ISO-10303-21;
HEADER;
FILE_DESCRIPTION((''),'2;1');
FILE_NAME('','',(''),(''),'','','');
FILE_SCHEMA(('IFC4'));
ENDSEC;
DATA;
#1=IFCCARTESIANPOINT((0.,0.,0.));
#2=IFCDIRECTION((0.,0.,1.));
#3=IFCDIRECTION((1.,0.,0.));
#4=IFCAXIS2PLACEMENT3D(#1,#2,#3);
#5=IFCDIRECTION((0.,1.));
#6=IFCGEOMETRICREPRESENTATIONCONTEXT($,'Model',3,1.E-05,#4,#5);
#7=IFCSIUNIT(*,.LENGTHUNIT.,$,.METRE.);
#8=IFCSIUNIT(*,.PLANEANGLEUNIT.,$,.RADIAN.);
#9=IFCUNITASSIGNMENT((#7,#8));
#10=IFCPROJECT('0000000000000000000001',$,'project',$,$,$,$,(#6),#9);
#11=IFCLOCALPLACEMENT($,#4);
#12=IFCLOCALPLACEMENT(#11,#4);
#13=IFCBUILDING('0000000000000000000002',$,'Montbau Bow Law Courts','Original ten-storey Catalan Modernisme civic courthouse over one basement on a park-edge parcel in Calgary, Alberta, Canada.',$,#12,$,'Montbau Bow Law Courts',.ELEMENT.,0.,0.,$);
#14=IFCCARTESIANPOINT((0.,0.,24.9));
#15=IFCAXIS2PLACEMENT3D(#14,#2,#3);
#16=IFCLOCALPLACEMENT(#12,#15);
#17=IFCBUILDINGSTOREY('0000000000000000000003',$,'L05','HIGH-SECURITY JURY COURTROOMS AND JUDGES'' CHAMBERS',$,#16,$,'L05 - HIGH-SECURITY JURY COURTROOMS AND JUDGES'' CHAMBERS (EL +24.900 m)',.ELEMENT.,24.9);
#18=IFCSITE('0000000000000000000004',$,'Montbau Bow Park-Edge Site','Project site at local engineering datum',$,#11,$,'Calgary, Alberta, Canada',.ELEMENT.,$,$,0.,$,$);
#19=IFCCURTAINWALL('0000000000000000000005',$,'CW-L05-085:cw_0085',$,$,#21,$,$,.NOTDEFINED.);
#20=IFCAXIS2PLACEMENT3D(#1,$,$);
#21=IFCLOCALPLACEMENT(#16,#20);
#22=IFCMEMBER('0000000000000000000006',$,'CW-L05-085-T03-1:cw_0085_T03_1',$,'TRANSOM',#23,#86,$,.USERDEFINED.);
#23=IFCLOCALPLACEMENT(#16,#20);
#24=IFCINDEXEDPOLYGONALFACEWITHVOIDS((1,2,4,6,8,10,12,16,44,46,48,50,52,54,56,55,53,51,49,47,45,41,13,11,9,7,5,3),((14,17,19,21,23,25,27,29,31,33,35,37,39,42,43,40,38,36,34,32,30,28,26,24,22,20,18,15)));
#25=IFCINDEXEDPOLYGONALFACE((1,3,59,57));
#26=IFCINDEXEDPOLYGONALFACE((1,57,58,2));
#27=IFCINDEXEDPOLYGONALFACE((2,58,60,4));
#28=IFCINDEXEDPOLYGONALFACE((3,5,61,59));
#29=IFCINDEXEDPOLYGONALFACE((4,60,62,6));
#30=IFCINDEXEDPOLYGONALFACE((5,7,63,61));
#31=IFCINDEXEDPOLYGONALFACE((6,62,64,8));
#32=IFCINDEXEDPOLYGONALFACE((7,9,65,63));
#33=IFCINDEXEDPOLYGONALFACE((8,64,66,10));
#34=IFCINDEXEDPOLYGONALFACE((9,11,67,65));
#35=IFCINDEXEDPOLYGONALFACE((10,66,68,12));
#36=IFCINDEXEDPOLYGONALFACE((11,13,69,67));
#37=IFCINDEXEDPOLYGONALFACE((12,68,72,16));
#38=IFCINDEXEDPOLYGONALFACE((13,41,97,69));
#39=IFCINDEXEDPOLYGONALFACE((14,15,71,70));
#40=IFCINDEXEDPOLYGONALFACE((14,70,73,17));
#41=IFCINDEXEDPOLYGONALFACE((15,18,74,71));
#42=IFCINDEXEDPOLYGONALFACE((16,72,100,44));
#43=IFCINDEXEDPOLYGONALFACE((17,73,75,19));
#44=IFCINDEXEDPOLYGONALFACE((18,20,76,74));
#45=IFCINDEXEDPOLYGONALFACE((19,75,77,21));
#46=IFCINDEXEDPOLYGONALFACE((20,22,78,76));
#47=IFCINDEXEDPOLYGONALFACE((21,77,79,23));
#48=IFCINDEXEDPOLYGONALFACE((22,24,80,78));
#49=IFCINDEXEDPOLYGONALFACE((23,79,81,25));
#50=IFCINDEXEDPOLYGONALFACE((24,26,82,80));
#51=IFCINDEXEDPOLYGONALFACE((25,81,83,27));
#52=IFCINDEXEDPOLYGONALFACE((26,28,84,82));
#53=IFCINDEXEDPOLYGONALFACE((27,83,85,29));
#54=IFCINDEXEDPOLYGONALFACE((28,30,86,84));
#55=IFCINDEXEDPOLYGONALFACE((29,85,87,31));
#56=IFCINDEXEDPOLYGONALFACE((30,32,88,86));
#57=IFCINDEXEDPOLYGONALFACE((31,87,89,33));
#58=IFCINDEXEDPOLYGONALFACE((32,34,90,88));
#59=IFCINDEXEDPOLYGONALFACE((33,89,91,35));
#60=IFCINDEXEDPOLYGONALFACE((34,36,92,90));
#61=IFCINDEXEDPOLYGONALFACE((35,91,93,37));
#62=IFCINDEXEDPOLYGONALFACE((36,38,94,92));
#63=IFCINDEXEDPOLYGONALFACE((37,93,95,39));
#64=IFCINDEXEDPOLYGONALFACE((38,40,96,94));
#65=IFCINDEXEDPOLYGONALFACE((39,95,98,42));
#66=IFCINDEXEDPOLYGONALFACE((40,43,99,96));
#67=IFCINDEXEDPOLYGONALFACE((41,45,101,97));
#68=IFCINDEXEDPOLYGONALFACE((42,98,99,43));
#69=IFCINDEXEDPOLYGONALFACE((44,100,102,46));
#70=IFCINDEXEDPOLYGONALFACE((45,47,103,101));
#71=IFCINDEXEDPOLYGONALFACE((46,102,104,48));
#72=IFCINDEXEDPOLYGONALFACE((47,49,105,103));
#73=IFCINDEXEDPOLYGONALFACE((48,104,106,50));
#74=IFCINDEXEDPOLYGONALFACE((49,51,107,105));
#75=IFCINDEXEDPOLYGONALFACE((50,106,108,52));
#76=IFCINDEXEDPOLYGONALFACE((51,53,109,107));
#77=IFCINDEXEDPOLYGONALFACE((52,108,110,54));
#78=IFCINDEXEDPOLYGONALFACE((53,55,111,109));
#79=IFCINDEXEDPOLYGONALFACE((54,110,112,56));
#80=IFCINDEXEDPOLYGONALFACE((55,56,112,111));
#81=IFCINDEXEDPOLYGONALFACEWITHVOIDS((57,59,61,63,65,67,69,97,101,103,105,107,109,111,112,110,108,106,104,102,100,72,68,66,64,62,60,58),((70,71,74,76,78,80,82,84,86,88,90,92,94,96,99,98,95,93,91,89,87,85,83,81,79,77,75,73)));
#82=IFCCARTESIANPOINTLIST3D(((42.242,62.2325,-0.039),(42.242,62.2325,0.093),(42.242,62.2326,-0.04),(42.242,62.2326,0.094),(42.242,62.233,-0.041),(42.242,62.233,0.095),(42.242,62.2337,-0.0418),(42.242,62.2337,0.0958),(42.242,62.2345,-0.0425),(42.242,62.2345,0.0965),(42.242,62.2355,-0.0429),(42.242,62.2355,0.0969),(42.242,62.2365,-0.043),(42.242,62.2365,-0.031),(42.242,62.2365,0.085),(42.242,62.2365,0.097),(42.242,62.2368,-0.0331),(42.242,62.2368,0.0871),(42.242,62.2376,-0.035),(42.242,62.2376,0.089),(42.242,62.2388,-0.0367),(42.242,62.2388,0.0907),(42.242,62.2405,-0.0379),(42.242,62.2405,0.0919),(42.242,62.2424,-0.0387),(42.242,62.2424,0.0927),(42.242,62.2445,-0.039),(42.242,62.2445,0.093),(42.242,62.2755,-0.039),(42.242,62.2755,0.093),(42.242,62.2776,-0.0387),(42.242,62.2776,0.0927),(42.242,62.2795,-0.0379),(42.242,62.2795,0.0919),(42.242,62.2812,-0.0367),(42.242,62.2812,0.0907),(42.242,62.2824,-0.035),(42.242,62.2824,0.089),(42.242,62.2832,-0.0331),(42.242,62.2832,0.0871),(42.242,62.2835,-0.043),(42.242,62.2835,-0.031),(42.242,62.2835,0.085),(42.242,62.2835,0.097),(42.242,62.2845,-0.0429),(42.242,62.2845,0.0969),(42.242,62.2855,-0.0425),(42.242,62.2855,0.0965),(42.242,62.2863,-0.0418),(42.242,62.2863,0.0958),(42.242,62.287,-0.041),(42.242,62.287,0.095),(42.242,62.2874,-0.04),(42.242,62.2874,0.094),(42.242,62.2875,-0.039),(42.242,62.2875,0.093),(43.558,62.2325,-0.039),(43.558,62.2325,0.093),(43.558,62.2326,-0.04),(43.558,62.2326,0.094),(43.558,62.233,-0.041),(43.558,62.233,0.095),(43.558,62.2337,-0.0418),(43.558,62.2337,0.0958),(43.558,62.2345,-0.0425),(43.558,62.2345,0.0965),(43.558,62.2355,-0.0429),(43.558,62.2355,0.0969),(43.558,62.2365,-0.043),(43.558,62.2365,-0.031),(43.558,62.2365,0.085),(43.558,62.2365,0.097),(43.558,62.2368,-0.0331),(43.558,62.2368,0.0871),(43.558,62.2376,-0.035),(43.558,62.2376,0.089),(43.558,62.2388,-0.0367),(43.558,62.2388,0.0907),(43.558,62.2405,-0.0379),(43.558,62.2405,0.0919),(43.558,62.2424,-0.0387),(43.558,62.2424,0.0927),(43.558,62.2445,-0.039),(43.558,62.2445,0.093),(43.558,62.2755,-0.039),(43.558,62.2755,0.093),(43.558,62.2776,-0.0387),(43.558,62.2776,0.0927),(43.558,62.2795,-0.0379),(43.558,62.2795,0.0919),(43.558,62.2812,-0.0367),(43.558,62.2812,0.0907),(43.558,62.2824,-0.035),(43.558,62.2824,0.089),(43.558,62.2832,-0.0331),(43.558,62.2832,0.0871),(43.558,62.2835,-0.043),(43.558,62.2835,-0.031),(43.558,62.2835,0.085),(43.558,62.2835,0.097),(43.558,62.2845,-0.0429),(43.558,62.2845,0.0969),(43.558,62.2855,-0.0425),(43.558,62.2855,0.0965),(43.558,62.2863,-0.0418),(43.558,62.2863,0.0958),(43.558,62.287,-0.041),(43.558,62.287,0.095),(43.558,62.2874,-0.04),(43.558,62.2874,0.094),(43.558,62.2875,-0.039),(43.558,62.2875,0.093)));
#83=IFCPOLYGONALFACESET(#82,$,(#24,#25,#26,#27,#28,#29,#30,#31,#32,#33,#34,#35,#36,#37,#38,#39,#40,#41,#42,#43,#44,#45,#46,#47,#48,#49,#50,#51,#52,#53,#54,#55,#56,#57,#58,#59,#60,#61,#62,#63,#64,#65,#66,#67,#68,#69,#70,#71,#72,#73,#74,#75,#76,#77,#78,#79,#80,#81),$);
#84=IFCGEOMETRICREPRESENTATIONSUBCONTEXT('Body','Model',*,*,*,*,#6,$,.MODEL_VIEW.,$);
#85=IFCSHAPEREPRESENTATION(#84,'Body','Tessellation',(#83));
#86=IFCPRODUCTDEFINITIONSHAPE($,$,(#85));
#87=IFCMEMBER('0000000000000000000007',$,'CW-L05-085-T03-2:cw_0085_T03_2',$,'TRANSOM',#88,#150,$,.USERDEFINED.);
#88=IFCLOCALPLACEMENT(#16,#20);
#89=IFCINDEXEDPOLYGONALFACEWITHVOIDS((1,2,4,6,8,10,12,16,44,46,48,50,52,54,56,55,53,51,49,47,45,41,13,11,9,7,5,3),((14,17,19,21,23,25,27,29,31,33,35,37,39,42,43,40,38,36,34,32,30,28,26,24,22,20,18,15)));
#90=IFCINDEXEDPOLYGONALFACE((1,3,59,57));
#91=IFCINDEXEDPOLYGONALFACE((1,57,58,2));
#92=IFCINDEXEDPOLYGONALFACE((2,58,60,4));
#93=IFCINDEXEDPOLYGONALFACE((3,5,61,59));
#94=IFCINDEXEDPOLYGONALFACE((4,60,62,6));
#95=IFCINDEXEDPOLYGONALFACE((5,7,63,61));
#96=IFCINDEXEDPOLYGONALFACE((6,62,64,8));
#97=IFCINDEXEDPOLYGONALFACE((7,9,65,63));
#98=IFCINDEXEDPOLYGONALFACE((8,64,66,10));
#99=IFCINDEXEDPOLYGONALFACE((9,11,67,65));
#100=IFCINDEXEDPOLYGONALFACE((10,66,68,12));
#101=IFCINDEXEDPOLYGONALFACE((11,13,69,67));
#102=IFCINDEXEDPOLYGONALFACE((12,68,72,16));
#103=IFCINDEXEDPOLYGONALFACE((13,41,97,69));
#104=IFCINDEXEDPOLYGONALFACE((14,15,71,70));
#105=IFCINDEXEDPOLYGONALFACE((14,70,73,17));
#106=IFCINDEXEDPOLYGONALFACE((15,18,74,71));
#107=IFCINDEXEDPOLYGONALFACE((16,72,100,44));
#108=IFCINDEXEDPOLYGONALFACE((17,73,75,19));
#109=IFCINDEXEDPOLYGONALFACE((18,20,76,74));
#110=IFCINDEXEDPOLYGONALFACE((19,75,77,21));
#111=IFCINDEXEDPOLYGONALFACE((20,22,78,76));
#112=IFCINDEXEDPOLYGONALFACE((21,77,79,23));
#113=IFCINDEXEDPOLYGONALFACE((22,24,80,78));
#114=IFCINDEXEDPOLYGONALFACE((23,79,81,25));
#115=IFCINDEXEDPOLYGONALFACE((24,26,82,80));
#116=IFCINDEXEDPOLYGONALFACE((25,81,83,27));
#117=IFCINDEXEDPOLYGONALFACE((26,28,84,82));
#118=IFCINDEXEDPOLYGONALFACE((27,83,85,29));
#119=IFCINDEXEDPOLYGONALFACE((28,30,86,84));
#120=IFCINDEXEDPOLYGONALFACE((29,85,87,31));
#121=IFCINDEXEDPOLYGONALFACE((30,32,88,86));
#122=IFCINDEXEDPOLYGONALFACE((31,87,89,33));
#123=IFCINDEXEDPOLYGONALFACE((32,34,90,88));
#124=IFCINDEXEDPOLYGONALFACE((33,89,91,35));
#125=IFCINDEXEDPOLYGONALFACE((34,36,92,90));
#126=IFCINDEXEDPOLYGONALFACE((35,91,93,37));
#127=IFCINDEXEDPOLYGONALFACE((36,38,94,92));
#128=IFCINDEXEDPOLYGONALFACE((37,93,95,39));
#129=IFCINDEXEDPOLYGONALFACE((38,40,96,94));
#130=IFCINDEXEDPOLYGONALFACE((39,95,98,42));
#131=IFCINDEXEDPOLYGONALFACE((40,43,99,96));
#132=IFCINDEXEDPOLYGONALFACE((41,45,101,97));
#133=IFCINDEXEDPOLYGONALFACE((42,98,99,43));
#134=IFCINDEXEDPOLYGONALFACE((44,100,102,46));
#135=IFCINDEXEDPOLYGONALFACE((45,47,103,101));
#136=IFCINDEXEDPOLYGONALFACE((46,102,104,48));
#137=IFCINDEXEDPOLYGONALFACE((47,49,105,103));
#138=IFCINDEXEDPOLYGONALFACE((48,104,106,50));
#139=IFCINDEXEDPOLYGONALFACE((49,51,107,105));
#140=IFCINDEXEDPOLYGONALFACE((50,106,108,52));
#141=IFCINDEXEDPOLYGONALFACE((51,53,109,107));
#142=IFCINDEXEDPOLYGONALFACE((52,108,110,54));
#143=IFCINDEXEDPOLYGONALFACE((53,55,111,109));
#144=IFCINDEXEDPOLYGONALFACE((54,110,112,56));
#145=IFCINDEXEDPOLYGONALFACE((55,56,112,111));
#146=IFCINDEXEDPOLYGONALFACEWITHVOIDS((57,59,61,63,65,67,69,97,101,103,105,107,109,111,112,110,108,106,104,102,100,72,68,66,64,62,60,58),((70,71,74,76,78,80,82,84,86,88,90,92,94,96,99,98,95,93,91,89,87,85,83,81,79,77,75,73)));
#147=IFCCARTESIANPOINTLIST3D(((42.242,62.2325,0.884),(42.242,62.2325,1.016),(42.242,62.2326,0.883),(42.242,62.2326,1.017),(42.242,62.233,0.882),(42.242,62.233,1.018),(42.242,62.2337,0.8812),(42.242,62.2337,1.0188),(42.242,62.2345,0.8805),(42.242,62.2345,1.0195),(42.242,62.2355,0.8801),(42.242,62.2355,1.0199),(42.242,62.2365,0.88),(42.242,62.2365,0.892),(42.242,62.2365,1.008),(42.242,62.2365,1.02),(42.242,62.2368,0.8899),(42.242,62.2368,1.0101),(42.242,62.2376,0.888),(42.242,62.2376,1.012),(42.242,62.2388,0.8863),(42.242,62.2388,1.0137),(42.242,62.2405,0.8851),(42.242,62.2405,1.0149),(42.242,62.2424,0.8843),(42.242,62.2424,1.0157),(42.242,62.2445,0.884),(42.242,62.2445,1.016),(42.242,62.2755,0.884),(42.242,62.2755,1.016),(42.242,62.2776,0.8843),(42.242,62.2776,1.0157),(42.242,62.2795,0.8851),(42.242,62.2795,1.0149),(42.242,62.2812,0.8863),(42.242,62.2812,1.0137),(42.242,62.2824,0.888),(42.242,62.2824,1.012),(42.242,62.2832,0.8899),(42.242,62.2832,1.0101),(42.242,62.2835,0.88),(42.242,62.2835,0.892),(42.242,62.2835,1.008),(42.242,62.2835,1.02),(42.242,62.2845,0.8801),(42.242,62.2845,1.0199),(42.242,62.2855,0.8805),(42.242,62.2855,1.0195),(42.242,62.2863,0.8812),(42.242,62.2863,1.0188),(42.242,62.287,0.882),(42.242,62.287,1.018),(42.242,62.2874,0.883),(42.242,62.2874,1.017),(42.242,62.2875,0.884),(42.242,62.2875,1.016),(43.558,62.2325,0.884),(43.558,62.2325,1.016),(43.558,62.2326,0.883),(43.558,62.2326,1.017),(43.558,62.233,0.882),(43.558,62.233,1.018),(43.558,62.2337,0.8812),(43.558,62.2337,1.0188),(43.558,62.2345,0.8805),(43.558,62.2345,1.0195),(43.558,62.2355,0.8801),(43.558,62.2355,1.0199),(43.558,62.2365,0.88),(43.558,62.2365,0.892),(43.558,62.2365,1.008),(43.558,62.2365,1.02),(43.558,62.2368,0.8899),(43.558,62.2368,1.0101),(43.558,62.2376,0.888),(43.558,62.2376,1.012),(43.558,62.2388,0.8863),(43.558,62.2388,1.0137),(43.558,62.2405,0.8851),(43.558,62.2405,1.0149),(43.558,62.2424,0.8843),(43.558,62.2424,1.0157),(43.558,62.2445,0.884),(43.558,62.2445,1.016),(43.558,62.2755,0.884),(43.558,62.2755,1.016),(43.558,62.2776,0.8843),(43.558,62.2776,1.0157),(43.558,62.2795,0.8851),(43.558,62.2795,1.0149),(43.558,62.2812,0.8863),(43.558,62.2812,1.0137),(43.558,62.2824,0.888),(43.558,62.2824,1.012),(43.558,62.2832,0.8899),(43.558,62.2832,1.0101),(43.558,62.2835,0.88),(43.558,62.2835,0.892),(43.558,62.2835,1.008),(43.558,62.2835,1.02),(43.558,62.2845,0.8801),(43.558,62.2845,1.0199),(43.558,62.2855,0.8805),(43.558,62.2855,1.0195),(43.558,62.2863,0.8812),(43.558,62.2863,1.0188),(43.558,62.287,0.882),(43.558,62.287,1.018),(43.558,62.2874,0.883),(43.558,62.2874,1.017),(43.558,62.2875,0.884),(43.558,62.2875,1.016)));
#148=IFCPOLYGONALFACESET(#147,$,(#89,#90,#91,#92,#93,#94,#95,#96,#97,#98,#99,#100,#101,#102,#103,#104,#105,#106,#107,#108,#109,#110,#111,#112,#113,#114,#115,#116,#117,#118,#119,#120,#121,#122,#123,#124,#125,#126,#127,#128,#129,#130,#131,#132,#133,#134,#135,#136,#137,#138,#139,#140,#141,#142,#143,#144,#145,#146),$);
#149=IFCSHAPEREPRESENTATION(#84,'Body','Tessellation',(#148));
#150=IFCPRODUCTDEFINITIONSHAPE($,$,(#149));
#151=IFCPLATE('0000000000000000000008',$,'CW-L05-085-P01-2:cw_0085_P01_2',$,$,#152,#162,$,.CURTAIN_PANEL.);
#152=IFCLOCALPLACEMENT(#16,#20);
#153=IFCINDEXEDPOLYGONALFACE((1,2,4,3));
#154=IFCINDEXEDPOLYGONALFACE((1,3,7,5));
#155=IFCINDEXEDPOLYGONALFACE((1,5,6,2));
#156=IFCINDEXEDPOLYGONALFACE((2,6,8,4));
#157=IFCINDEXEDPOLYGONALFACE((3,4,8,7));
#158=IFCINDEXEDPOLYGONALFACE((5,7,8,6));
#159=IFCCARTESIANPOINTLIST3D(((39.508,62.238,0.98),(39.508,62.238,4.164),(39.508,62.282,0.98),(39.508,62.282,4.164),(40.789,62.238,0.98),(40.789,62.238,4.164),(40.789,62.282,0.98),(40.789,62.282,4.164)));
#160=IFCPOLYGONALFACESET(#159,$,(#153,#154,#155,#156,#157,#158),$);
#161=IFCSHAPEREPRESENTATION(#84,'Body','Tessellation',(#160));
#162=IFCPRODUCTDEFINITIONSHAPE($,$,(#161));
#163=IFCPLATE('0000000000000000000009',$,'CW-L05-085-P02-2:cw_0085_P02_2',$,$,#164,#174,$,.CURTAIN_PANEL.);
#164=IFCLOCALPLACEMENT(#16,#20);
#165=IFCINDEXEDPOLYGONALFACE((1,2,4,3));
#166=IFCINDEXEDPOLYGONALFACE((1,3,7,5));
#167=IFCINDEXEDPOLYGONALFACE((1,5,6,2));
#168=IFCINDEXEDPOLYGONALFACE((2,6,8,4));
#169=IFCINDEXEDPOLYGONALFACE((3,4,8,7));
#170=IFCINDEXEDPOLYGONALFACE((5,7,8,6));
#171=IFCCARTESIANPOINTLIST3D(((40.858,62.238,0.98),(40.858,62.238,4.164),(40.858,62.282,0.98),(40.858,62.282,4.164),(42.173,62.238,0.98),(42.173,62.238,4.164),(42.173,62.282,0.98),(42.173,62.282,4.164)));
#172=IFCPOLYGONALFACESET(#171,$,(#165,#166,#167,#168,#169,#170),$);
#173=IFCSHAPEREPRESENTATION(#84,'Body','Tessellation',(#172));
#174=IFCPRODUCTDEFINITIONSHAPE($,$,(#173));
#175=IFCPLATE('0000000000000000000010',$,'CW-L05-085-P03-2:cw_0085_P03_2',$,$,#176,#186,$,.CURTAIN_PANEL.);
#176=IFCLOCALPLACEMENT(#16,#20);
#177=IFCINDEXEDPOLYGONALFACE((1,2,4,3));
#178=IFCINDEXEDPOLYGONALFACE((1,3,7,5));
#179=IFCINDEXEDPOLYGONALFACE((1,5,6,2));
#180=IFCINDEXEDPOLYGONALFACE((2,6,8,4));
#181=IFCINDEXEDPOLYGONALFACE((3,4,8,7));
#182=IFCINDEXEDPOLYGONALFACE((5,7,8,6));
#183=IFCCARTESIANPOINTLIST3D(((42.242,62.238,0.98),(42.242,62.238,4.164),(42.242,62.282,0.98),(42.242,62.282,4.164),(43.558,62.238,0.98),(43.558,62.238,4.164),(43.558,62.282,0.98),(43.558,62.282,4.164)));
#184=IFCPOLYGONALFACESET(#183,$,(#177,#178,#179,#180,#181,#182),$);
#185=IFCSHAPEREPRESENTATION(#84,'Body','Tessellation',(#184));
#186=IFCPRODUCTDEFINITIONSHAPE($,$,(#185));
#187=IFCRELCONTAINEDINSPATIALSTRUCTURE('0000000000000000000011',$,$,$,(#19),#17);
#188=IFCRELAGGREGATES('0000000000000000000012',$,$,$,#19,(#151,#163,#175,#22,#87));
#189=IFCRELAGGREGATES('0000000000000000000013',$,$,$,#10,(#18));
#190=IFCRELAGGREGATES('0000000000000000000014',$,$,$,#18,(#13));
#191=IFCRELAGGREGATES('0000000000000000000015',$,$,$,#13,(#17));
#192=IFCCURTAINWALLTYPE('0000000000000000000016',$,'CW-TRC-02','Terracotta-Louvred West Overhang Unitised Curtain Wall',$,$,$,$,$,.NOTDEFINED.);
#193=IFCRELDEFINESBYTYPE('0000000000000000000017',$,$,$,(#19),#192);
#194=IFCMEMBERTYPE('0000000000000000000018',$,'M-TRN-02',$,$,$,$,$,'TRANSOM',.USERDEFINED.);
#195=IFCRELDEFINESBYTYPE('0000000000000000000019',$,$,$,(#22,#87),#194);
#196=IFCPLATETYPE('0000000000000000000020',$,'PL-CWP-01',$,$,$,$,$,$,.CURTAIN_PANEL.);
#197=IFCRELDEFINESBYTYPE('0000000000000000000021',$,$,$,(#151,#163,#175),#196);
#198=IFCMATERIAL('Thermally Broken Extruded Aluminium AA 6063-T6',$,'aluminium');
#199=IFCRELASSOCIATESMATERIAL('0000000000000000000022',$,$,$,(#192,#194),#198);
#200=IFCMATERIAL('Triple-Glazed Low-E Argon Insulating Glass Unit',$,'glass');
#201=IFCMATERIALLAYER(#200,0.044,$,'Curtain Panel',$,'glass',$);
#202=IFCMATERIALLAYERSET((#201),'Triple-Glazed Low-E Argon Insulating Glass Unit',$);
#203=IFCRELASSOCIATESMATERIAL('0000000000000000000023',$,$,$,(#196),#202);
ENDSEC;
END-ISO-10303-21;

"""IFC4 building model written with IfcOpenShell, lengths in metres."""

from ifc_helpers import new_model, si_unit, direction, frame, frame_2d, origin_with_axes, origin_2d_with_axis, place, context, subcontext, project, spatial, rectangle, hollow_rectangle, extrude, material, layer, layer_set, material_profile, profile_set, type_object, element, aggregate, save


model = new_model("IFC4")

# Units and contexts
model_context = context("Model", 3, precision=1e-05, world=origin_with_axes(), true_north=direction((0.0, 1.0)))
body_context = subcontext(model_context, "Body", "Model", "MODEL_VIEW")
ifc_project = project(units=[si_unit("LENGTHUNIT", "METRE"), si_unit("PLANEANGLEUNIT", "RADIAN")], contexts=[model_context])

# Site, building, storey
site_placement = place(None, origin_with_axes())
site = spatial("IfcSite", under=ifc_project, at=site_placement, Name="Montbau Bow Park-Edge Site", Description="Project site at local engineering datum", LongName="Calgary, Alberta, Canada", CompositionType="ELEMENT", RefElevation=0.0)
building_placement = place(site_placement, origin_with_axes())
building = spatial("IfcBuilding", under=site, at=building_placement, Name="Montbau Bow Law Courts", Description="Original ten-storey Catalan Modernisme civic courthouse over one basement on a park-edge parcel in Calgary, Alberta, Canada.", LongName="Montbau Bow Law Courts", CompositionType="ELEMENT", ElevationOfRefHeight=0.0, ElevationOfTerrain=0.0)
storey_placement = place(building_placement, frame((0.0, 0.0, 24.9), z_axis=(0.0, 0.0, 1.0), x_axis=(1.0, 0.0, 0.0)))
storey = spatial("IfcBuildingStorey", under=building, at=storey_placement, Name="L05", Description="HIGH-SECURITY JURY COURTROOMS AND JUDGES' CHAMBERS", LongName="L05 - HIGH-SECURITY JURY COURTROOMS AND JUDGES' CHAMBERS (EL +24.900 m)", CompositionType="ELEMENT", Elevation=24.9)

# Curtain wall
ifc_material_1 = material(Name="Thermally Broken Extruded Aluminium AA 6063-T6", Category="aluminium")
curtain_wall_type = type_object("IfcCurtainWallType", Name="CW-TRC-02", Description="Terracotta-Louvred West Overhang Unitised Curtain Wall", PredefinedType="NOTDEFINED", material=ifc_material_1)
curtain_wall_1_placement = place(None, frame((39.44, 62.26, 24.9), z_axis=(0.0, 0.0, 1.0), x_axis=(1.0, 0.0, 0.0)))
curtain_wall_1 = element("IfcCurtainWall", 1, at=curtain_wall_1_placement, inside=storey, type_object=curtain_wall_type, Name="CW-L05-085:cw_0085", PredefinedType="NOTDEFINED")

# Members
ifc_material_profile_1 = material_profile(ifc_material_1, hollow_rectangle(XDim=0.055, YDim=0.14, WallThickness=0.004, InnerFilletRadius=0.008, OuterFilletRadius=0.004, at=origin_2d_with_axis()), Name="CWT-140X55", Category="Main", Priority=0)
ifc_profile_set_1 = profile_set([ifc_material_profile_1], Name="Thermally Broken Extruded Aluminium AA 6063-T6")
member_type_1 = type_object("IfcMemberType", Name="M-TRN-02", ElementType="TRANSOM", PredefinedType="USERDEFINED", material=ifc_profile_set_1)
member_1_placement = place(None, frame((42.242, 62.26, 24.927), z_axis=(1.0, 0.0, 0.0), x_axis=(0.0, 1.0, 0.0)))
member_1 = element("IfcMember", 2, at=member_1_placement, type_object=member_type_1, Name="CW-L05-085-T03-1:cw_0085_T03_1", ObjectType="TRANSOM", PredefinedType="USERDEFINED", context=body_context, shape_type="SweptSolid", body=[
    extrude(hollow_rectangle(XDim=0.055, YDim=0.14, WallThickness=0.004, InnerFilletRadius=0.008, OuterFilletRadius=0.004, at=origin_2d_with_axis()), origin_with_axes(), (0.0, 0.0, 1.0), 1.316),
])
member_2_placement = place(None, frame((42.242, 62.26, 25.85), z_axis=(1.0, 0.0, 0.0), x_axis=(0.0, 1.0, 0.0)))
member_2 = element("IfcMember", 3, at=member_2_placement, type_object=member_type_1, Name="CW-L05-085-T03-2:cw_0085_T03_2", ObjectType="TRANSOM", PredefinedType="USERDEFINED", context=body_context, shape_type="SweptSolid", body=[
    extrude(hollow_rectangle(XDim=0.055, YDim=0.14, WallThickness=0.004, InnerFilletRadius=0.008, OuterFilletRadius=0.004, at=origin_2d_with_axis()), origin_with_axes(), (0.0, 0.0, 1.0), 1.316),
])

# Plates
ifc_material_2 = material(Name="Triple-Glazed Low-E Argon Insulating Glass Unit", Category="glass")
ifc_layer_1 = layer(ifc_material_2, 0.044, Name="Curtain Panel", Category="glass")
ifc_layer_set_1 = layer_set([ifc_layer_1], Name="Triple-Glazed Low-E Argon Insulating Glass Unit")
plate_type_1 = type_object("IfcPlateType", Name="PL-CWP-01", PredefinedType="CURTAIN_PANEL", material=ifc_layer_set_1)
plate_1_placement = place(None, frame((39.508, 62.26, 25.88), z_axis=(0.0, -1.0, 0.0), x_axis=(1.0, 0.0, 0.0)))
plate_1 = element("IfcPlate", 4, at=plate_1_placement, type_object=plate_type_1, Name="CW-L05-085-P01-2:cw_0085_P01_2", PredefinedType="CURTAIN_PANEL", context=body_context, shape_type="SweptSolid", body=[
    extrude(rectangle(XDim=1.281, YDim=3.184, at=frame_2d((0.6405, 1.592), x_axis=(1.0, 0.0))), frame((0.0, 0.0, -0.022), z_axis=(0.0, 0.0, 1.0), x_axis=(1.0, 0.0, 0.0)), (0.0, 0.0, 1.0), 0.044),
])
plate_2_placement = place(None, frame((40.858, 62.26, 25.88), z_axis=(0.0, -1.0, 0.0), x_axis=(1.0, 0.0, 0.0)))
plate_2 = element("IfcPlate", 5, at=plate_2_placement, type_object=plate_type_1, Name="CW-L05-085-P02-2:cw_0085_P02_2", PredefinedType="CURTAIN_PANEL", context=body_context, shape_type="SweptSolid", body=[
    extrude(rectangle(XDim=1.315, YDim=3.184, at=frame_2d((0.6575, 1.592), x_axis=(1.0, 0.0))), frame((0.0, 0.0, -0.022), z_axis=(0.0, 0.0, 1.0), x_axis=(1.0, 0.0, 0.0)), (0.0, 0.0, 1.0), 0.044),
])
plate_3_placement = place(None, frame((42.242, 62.26, 25.88), z_axis=(0.0, -1.0, 0.0), x_axis=(1.0, 0.0, 0.0)))
plate_3 = element("IfcPlate", 6, at=plate_3_placement, type_object=plate_type_1, Name="CW-L05-085-P03-2:cw_0085_P03_2", PredefinedType="CURTAIN_PANEL", context=body_context, shape_type="SweptSolid", body=[
    extrude(rectangle(XDim=1.316, YDim=3.184, at=frame_2d((0.658, 1.592), x_axis=(1.0, 0.0))), frame((0.0, 0.0, -0.022), z_axis=(0.0, 0.0, 1.0), x_axis=(1.0, 0.0, 0.0)), (0.0, 0.0, 1.0), 0.044),
])
aggregate(curtain_wall_1, [plate_1, plate_2, plate_3, member_1, member_2])

save(model, "model.ifc")
